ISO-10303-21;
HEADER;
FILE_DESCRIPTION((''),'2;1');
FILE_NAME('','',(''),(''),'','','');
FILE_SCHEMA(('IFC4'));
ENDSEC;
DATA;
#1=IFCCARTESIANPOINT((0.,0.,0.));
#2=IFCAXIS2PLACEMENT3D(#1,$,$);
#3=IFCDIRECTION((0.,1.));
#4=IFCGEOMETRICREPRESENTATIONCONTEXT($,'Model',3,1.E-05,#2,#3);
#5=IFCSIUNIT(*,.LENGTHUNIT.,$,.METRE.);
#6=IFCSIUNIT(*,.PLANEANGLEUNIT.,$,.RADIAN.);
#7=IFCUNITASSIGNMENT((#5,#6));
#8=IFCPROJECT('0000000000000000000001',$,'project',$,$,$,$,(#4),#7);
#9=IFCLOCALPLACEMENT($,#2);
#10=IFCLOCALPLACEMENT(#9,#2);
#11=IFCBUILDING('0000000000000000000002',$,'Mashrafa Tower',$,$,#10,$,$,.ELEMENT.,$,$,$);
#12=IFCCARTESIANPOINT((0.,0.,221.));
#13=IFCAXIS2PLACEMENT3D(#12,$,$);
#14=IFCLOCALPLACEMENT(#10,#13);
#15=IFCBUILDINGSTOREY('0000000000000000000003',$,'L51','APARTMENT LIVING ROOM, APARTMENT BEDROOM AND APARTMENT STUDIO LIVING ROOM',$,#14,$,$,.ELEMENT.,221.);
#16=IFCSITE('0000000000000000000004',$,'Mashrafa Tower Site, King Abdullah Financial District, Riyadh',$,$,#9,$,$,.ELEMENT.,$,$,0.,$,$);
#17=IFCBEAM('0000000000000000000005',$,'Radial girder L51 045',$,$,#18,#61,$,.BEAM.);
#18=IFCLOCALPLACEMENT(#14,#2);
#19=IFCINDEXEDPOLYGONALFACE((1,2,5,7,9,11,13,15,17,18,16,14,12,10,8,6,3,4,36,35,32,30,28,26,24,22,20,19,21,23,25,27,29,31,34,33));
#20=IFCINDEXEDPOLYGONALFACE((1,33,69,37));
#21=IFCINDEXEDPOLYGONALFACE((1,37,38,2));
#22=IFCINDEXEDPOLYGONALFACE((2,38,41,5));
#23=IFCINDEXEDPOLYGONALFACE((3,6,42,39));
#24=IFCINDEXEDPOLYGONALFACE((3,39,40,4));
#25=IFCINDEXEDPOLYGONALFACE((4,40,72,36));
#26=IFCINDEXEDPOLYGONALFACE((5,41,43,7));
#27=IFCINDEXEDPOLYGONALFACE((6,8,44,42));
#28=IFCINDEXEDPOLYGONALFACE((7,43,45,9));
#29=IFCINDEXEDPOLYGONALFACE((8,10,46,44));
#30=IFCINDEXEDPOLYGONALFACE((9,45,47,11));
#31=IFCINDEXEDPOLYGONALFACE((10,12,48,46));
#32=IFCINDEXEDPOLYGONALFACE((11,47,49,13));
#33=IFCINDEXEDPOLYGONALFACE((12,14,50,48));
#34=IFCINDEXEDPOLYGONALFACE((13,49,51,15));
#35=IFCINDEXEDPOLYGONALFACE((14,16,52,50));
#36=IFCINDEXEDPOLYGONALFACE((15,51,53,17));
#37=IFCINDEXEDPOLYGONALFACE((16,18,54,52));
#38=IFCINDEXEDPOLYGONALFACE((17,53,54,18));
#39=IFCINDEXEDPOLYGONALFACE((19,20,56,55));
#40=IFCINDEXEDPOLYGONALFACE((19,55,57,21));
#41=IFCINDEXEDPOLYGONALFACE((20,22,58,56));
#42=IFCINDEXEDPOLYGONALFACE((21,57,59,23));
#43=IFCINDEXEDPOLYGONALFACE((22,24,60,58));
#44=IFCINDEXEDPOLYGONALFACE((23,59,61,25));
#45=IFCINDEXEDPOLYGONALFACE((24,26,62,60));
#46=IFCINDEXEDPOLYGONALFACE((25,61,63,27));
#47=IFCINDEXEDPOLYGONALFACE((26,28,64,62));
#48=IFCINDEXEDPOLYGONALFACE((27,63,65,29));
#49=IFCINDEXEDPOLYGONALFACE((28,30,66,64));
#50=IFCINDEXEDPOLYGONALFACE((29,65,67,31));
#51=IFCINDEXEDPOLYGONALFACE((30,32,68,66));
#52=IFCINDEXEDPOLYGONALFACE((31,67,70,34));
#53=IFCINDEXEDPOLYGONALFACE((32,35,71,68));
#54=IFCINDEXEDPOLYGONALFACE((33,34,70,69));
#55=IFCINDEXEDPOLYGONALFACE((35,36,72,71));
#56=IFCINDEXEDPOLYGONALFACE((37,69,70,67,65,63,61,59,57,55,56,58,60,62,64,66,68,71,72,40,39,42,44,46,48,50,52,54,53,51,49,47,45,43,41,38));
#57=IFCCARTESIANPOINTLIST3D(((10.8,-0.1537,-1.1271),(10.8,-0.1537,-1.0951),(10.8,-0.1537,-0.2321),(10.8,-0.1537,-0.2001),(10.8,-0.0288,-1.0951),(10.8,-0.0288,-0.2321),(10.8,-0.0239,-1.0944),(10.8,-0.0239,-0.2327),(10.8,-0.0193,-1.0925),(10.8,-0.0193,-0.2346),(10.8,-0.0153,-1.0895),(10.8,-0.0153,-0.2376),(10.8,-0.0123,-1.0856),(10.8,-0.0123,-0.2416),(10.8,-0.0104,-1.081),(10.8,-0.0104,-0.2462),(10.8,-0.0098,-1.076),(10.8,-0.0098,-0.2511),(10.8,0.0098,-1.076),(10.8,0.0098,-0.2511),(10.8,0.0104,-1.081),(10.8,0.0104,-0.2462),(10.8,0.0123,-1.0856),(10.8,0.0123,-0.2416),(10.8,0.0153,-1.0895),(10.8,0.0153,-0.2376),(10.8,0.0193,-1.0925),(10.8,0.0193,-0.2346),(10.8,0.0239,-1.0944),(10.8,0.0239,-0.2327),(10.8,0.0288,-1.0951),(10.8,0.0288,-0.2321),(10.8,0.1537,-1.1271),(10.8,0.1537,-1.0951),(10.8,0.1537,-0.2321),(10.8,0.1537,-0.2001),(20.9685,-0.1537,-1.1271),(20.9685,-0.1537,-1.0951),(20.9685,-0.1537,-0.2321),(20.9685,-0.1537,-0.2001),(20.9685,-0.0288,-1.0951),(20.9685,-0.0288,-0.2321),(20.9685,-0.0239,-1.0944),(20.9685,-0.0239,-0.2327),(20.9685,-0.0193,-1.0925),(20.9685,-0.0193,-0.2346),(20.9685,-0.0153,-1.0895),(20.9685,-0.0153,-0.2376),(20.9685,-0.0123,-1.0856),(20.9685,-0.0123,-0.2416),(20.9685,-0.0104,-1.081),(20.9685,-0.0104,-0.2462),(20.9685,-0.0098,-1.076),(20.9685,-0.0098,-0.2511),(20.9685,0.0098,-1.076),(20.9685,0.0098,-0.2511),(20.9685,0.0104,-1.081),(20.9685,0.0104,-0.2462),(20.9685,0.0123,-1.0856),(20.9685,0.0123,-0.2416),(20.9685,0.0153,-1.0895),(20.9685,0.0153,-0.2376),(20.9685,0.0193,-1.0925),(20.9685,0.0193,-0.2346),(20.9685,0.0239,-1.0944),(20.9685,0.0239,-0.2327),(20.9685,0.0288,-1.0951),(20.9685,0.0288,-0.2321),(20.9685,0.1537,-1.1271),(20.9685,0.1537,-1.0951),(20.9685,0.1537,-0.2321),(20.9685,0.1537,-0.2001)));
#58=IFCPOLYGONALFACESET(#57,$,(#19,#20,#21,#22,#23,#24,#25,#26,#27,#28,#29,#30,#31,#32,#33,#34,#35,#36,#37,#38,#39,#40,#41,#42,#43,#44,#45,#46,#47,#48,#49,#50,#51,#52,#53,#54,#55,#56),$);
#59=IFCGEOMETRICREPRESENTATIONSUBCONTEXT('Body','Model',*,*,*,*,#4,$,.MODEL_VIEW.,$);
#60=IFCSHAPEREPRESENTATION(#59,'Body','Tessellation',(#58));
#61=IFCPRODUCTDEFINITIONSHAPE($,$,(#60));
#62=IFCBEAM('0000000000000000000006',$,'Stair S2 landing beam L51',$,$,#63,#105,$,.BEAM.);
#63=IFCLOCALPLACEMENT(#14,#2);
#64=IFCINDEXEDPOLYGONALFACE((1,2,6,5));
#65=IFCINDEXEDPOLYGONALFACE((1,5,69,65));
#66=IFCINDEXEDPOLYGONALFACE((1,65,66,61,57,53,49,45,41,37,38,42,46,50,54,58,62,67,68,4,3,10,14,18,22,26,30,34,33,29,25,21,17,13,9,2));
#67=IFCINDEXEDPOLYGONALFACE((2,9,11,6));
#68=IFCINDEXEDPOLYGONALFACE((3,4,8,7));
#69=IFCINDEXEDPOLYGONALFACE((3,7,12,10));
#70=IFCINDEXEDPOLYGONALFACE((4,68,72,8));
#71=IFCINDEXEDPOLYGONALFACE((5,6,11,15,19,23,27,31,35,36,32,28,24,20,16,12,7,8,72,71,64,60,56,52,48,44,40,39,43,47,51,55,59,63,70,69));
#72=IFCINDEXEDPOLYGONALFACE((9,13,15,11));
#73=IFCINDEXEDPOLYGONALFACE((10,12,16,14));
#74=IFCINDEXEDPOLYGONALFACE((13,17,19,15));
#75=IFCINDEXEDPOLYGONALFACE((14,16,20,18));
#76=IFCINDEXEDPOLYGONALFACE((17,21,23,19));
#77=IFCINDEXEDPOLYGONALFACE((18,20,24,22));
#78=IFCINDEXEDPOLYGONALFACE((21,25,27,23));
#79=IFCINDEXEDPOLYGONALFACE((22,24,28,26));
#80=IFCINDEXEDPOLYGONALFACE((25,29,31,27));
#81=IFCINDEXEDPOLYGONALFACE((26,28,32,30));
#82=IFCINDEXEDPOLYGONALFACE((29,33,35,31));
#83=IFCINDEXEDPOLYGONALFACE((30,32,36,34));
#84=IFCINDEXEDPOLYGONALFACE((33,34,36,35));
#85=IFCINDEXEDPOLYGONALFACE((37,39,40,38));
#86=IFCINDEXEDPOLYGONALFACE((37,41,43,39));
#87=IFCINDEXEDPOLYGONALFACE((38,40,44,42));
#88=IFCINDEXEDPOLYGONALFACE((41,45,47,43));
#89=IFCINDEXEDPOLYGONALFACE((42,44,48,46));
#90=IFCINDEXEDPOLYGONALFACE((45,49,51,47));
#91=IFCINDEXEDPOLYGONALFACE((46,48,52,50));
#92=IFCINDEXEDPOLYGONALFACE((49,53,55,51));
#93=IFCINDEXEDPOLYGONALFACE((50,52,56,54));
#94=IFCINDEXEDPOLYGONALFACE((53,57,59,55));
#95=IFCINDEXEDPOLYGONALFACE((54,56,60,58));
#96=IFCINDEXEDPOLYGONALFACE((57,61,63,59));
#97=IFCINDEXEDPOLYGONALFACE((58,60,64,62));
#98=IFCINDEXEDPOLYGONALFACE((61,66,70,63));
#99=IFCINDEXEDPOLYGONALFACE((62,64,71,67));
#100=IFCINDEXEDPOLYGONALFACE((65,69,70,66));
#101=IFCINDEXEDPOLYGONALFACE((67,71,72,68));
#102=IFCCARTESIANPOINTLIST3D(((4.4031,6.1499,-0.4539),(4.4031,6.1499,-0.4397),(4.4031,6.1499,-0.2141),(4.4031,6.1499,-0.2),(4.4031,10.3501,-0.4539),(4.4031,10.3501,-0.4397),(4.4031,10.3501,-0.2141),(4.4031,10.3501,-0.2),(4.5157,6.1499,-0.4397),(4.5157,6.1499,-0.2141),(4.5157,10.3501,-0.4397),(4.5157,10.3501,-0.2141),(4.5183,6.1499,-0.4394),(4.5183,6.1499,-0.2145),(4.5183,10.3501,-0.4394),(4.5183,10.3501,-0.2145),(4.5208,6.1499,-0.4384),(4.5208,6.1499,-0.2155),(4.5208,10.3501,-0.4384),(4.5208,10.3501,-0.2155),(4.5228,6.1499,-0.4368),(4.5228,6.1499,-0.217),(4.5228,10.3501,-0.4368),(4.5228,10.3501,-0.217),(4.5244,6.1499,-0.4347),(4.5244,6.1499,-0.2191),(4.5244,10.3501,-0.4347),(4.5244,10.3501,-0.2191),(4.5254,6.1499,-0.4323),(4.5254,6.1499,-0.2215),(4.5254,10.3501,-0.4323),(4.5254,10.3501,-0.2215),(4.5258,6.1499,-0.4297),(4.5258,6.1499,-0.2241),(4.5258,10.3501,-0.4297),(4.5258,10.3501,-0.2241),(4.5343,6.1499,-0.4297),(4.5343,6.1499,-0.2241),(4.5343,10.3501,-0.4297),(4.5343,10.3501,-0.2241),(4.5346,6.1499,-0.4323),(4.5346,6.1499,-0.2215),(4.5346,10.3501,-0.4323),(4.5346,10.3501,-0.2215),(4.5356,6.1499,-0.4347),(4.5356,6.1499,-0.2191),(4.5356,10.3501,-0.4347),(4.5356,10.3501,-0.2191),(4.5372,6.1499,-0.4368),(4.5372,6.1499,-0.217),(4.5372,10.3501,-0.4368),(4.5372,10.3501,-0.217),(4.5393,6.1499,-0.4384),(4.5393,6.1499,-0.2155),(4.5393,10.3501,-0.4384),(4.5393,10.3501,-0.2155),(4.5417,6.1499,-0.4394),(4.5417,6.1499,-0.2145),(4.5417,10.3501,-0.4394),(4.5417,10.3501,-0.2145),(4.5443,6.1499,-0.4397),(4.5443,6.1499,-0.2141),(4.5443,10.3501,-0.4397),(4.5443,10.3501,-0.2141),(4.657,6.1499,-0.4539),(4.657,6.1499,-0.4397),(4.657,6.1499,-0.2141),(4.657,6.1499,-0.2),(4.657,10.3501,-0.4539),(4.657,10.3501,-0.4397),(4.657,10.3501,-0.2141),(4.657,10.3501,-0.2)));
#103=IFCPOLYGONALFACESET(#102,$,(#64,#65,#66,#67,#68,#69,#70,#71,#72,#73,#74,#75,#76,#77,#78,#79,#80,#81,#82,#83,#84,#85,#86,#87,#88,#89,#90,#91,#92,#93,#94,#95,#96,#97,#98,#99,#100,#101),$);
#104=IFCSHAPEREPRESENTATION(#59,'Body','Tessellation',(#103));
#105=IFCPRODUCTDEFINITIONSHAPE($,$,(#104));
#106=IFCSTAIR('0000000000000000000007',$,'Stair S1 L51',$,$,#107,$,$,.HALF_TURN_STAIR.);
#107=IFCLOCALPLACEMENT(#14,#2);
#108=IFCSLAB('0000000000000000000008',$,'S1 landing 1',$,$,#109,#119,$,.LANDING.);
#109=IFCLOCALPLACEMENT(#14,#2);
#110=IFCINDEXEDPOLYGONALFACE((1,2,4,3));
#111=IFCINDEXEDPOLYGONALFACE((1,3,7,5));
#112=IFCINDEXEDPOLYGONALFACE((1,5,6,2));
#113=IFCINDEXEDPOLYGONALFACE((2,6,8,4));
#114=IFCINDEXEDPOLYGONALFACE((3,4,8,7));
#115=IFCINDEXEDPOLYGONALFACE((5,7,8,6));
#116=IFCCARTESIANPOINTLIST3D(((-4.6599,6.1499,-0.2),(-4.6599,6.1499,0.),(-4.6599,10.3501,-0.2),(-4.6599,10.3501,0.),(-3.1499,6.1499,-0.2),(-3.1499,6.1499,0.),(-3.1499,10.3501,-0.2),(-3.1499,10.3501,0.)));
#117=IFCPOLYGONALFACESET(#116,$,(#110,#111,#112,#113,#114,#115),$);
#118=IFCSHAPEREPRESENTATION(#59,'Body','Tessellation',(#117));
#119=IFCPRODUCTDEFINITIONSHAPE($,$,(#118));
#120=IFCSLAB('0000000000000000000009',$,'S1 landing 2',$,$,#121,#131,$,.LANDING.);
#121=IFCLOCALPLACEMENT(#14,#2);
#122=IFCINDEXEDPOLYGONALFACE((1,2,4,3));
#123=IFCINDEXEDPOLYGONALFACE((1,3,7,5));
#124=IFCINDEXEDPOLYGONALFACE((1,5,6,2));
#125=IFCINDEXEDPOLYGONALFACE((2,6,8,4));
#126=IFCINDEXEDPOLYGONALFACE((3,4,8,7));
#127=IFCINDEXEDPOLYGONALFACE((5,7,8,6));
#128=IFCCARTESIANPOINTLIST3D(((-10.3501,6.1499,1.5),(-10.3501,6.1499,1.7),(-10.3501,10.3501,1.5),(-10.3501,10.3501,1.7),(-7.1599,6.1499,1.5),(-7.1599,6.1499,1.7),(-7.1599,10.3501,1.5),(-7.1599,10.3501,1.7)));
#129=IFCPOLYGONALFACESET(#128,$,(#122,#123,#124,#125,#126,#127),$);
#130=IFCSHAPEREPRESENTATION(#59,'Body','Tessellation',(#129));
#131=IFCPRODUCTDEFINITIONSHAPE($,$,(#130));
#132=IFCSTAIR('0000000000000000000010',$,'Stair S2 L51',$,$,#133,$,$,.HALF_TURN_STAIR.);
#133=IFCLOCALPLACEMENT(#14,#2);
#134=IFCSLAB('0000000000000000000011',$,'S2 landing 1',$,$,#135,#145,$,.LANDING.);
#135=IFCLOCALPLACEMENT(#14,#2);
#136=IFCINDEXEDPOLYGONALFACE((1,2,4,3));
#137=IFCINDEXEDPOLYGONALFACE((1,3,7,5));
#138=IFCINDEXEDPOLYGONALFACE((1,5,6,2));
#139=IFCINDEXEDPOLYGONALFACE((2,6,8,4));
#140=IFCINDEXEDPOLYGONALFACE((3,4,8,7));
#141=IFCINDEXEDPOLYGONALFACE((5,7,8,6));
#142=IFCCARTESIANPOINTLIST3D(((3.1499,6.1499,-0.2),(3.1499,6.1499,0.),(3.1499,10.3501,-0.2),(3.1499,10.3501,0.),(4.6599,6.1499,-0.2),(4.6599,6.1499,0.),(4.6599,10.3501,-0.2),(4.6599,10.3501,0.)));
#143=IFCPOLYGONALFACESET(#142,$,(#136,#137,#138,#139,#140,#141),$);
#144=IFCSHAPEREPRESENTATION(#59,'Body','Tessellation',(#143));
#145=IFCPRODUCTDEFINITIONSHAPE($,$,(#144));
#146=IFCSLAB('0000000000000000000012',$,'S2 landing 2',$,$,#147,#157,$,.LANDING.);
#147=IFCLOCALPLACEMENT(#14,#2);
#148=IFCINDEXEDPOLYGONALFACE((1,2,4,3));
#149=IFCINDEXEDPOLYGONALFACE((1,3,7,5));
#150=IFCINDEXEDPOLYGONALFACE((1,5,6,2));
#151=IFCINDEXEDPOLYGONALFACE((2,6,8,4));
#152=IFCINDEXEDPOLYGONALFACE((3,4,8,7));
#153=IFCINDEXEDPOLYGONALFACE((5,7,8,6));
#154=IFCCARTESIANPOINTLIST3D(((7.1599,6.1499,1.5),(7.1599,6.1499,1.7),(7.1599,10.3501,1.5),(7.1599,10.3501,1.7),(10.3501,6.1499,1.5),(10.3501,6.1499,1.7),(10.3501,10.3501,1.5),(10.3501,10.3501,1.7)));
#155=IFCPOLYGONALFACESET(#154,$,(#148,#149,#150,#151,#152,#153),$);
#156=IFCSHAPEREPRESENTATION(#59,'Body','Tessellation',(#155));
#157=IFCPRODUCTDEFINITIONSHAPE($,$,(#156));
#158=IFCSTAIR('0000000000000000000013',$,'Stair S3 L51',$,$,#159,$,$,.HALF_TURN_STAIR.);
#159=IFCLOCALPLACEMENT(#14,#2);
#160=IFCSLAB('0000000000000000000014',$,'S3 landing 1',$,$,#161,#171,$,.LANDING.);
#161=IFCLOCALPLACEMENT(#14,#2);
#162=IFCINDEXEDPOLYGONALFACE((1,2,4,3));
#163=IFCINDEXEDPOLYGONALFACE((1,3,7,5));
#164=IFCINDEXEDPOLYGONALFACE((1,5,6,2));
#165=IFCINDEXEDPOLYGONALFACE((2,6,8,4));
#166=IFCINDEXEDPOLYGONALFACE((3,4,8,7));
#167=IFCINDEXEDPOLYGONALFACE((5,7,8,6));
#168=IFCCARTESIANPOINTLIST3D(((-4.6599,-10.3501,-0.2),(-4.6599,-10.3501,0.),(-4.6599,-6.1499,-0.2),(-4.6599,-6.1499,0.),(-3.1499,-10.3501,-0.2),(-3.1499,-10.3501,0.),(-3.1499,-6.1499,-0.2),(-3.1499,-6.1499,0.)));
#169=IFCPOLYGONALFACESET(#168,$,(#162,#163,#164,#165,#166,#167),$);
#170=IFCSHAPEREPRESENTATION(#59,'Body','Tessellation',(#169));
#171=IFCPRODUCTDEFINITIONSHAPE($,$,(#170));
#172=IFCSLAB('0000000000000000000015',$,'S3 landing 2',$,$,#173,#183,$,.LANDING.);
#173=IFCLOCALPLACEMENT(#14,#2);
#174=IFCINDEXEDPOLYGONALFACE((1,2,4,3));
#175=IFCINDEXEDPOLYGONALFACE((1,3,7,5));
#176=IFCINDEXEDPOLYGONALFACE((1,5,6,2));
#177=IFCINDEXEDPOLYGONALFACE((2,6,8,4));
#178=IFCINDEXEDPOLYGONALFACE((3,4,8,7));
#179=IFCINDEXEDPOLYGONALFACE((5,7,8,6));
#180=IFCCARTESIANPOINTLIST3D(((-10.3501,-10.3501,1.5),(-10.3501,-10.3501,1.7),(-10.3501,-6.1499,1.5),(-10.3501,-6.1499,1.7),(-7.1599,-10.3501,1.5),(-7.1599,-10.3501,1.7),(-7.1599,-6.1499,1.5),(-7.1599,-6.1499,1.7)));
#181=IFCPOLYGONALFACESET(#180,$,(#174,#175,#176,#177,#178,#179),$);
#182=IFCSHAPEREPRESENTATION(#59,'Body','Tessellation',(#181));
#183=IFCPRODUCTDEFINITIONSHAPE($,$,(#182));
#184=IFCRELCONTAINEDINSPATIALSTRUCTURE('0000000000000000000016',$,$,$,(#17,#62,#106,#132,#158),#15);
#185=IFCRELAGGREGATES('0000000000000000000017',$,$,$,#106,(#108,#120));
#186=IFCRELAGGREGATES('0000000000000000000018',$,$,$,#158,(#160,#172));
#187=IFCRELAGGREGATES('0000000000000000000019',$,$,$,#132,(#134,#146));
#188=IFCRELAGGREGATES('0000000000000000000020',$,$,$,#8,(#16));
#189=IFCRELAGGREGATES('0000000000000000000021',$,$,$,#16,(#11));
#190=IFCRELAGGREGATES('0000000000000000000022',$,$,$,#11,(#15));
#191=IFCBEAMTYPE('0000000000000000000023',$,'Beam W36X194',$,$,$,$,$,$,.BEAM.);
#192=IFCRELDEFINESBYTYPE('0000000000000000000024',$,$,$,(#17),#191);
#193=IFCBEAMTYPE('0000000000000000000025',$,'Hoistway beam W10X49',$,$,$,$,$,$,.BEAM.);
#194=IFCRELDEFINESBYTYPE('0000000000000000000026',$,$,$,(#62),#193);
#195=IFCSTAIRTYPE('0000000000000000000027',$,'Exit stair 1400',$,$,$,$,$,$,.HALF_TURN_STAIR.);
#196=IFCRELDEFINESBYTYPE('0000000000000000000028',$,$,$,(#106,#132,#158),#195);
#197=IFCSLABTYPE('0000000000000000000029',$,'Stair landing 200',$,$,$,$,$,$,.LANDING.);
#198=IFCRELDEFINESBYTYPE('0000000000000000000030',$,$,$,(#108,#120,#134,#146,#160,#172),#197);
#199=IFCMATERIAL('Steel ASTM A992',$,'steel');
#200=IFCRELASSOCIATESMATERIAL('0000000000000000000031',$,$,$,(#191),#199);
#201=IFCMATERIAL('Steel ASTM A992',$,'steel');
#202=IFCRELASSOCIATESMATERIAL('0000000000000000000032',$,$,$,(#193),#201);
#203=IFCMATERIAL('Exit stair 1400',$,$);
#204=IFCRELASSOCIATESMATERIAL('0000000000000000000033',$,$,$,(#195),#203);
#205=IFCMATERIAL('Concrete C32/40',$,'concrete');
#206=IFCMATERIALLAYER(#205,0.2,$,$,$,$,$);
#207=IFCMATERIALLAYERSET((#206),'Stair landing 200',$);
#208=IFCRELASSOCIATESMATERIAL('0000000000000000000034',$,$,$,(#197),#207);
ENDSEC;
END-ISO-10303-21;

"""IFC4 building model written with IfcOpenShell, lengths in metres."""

from ifc_helpers import new_model, si_unit, direction, frame, origin, origin_2d, place, context, subcontext, project, spatial, polyline, i_section, outline, extrude, material, layer, layer_set, material_profile, profile_set, type_object, element, aggregate, save


model = new_model("IFC4")

# Units and contexts
model_context = context("Model", 3, precision=1e-05, world=origin(), true_north=direction((0.0, 1.0)))
body_context = subcontext(model_context, "Body", "Model", "MODEL_VIEW")
ifc_project = project(units=[si_unit("LENGTHUNIT", "METRE"), si_unit("PLANEANGLEUNIT", "RADIAN")], contexts=[model_context])

# Site, building, storey
site_placement = place(None, origin())
site = spatial("IfcSite", under=ifc_project, at=site_placement, Name="Mashrafa Tower Site, King Abdullah Financial District, Riyadh", CompositionType="ELEMENT", RefElevation=0.0)
building_placement = place(site_placement, origin())
building = spatial("IfcBuilding", under=site, at=building_placement, Name="Mashrafa Tower", CompositionType="ELEMENT")
storey_placement = place(building_placement, frame((0.0, 0.0, 221.0)))
storey = spatial("IfcBuildingStorey", under=building, at=storey_placement, Name="L51", Description="APARTMENT LIVING ROOM, APARTMENT BEDROOM AND APARTMENT STUDIO LIVING ROOM", CompositionType="ELEMENT", Elevation=221.0)

# Beams
ifc_material_1 = material(Name="Steel ASTM A992", Category="steel")
ifc_material_profile_1 = material_profile(ifc_material_1, i_section(OverallWidth=0.3074, OverallDepth=0.927, WebThickness=0.0195, FlangeThickness=0.032, FilletRadius=0.019, at=origin_2d()), Name="W36X194")
ifc_profile_set_1 = profile_set([ifc_material_profile_1], Name="Steel ASTM A992")
beam_type_1 = type_object("IfcBeamType", Name="Beam W36X194", PredefinedType="BEAM", material=ifc_profile_set_1)
for number, where, z_axis, x_axis, name in (
    (1, (10.8, 0.0, -0.6636), (1.0, 0.0, 0.0), (0.0, 1.0, 0.0), "Radial girder L51 045"),
):
    element("IfcBeam", number, at=place(storey_placement, frame(where, z_axis=z_axis, x_axis=x_axis)), inside=storey, type_object=beam_type_1, Name=name, PredefinedType="BEAM", context=body_context, shape_type="SweptSolid", body=[
        extrude(i_section(OverallWidth=0.3074, OverallDepth=0.927, WebThickness=0.0195, FlangeThickness=0.032, FilletRadius=0.019, at=origin_2d()), origin(), (0.0, 0.0, 1.0), 10.1685),
    ])
ifc_material_2 = material(Name="Steel ASTM A992", Category="steel")
ifc_material_profile_2 = material_profile(ifc_material_2, i_section(OverallWidth=0.2539, OverallDepth=0.2539, WebThickness=0.0085, FlangeThickness=0.0142, FilletRadius=0.01, at=origin_2d()), Name="W10X49")
ifc_profile_set_2 = profile_set([ifc_material_profile_2], Name="Steel ASTM A992")
beam_type_2 = type_object("IfcBeamType", Name="Hoistway beam W10X49", PredefinedType="BEAM", material=ifc_profile_set_2)
beam_1_placement = place(storey_placement, frame((4.53, 6.1499, -0.3269), z_axis=(0.0, 1.0, 0.0), x_axis=(-1.0, 0.0, 0.0)))
element("IfcBeam", 2, at=beam_1_placement, inside=storey, type_object=beam_type_2, Name="Stair S2 landing beam L51", PredefinedType="BEAM", context=body_context, shape_type="SweptSolid", body=[
    extrude(i_section(OverallWidth=0.2539, OverallDepth=0.2539, WebThickness=0.0085, FlangeThickness=0.0142, FilletRadius=0.01, at=origin_2d()), origin(), (0.0, 0.0, 1.0), 4.2002),
])

# Stairs, slabs
ifc_material_3 = material(Name="Exit stair 1400")
stair_type = type_object("IfcStairType", Name="Exit stair 1400", PredefinedType="HALF_TURN_STAIR", material=ifc_material_3)
stair_1_placement = place(storey_placement, origin())
stair_1 = element("IfcStair", 3, at=stair_1_placement, inside=storey, type_object=stair_type, Name="Stair S1 L51", PredefinedType="HALF_TURN_STAIR")
ifc_material_4 = material(Name="Concrete C32/40", Category="concrete")
ifc_layer_1 = layer(ifc_material_4, 0.2)
ifc_layer_set_1 = layer_set([ifc_layer_1], Name="Stair landing 200")
slab_type = type_object("IfcSlabType", Name="Stair landing 200", PredefinedType="LANDING", material=ifc_layer_set_1)
slab_1_placement = place(storey_placement, frame((0.0, 0.0, -0.2)))
slab_1 = element("IfcSlab", 4, at=slab_1_placement, type_object=slab_type, Name="S1 landing 1", PredefinedType="LANDING", context=body_context, shape_type="SweptSolid", body=[
    extrude(outline(polyline([(-4.6599, 6.1499), (-3.1499, 6.1499), (-3.1499, 10.3501), (-4.6599, 10.3501), (-4.6599, 6.1499)])), origin(), (0.0, 0.0, 1.0), 0.2),
])
slab_2_placement = place(storey_placement, frame((0.0, 0.0, 1.5)))
slab_2 = element("IfcSlab", 5, at=slab_2_placement, type_object=slab_type, Name="S1 landing 2", PredefinedType="LANDING", context=body_context, shape_type="SweptSolid", body=[
    extrude(outline(polyline([(-10.3501, 6.1499), (-7.1599, 6.1499), (-7.1599, 10.3501), (-10.3501, 10.3501), (-10.3501, 6.1499)])), origin(), (0.0, 0.0, 1.0), 0.2),
])
aggregate(stair_1, [slab_1, slab_2])
stair_2_placement = place(storey_placement, origin())
stair_2 = element("IfcStair", 6, at=stair_2_placement, inside=storey, type_object=stair_type, Name="Stair S2 L51", PredefinedType="HALF_TURN_STAIR")
slab_3_placement = place(storey_placement, frame((0.0, 0.0, -0.2)))
slab_3 = element("IfcSlab", 7, at=slab_3_placement, type_object=slab_type, Name="S2 landing 1", PredefinedType="LANDING", context=body_context, shape_type="SweptSolid", body=[
    extrude(outline(polyline([(3.1499, 6.1499), (4.6599, 6.1499), (4.6599, 10.3501), (3.1499, 10.3501), (3.1499, 6.1499)])), origin(), (0.0, 0.0, 1.0), 0.2),
])
slab_4_placement = place(storey_placement, frame((0.0, 0.0, 1.5)))
slab_4 = element("IfcSlab", 8, at=slab_4_placement, type_object=slab_type, Name="S2 landing 2", PredefinedType="LANDING", context=body_context, shape_type="SweptSolid", body=[
    extrude(outline(polyline([(7.1599, 6.1499), (10.3501, 6.1499), (10.3501, 10.3501), (7.1599, 10.3501), (7.1599, 6.1499)])), origin(), (0.0, 0.0, 1.0), 0.2),
])
stair_3_placement = place(storey_placement, origin())
stair_3 = element("IfcStair", 9, at=stair_3_placement, inside=storey, type_object=stair_type, Name="Stair S3 L51", PredefinedType="HALF_TURN_STAIR")
slab_5_placement = place(storey_placement, frame((0.0, 0.0, -0.2)))
slab_5 = element("IfcSlab", 10, at=slab_5_placement, type_object=slab_type, Name="S3 landing 1", PredefinedType="LANDING", context=body_context, shape_type="SweptSolid", body=[
    extrude(outline(polyline([(-4.6599, -10.3501), (-3.1499, -10.3501), (-3.1499, -6.1499), (-4.6599, -6.1499), (-4.6599, -10.3501)])), origin(), (0.0, 0.0, 1.0), 0.2),
])
slab_6_placement = place(storey_placement, frame((0.0, 0.0, 1.5)))
slab_6 = element("IfcSlab", 11, at=slab_6_placement, type_object=slab_type, Name="S3 landing 2", PredefinedType="LANDING", context=body_context, shape_type="SweptSolid", body=[
    extrude(outline(polyline([(-10.3501, -10.3501), (-7.1599, -10.3501), (-7.1599, -6.1499), (-10.3501, -6.1499), (-10.3501, -10.3501)])), origin(), (0.0, 0.0, 1.0), 0.2),
])
aggregate(stair_3, [slab_5, slab_6])

aggregate(stair_2, [slab_3, slab_4])

save(model, "model.ifc")
